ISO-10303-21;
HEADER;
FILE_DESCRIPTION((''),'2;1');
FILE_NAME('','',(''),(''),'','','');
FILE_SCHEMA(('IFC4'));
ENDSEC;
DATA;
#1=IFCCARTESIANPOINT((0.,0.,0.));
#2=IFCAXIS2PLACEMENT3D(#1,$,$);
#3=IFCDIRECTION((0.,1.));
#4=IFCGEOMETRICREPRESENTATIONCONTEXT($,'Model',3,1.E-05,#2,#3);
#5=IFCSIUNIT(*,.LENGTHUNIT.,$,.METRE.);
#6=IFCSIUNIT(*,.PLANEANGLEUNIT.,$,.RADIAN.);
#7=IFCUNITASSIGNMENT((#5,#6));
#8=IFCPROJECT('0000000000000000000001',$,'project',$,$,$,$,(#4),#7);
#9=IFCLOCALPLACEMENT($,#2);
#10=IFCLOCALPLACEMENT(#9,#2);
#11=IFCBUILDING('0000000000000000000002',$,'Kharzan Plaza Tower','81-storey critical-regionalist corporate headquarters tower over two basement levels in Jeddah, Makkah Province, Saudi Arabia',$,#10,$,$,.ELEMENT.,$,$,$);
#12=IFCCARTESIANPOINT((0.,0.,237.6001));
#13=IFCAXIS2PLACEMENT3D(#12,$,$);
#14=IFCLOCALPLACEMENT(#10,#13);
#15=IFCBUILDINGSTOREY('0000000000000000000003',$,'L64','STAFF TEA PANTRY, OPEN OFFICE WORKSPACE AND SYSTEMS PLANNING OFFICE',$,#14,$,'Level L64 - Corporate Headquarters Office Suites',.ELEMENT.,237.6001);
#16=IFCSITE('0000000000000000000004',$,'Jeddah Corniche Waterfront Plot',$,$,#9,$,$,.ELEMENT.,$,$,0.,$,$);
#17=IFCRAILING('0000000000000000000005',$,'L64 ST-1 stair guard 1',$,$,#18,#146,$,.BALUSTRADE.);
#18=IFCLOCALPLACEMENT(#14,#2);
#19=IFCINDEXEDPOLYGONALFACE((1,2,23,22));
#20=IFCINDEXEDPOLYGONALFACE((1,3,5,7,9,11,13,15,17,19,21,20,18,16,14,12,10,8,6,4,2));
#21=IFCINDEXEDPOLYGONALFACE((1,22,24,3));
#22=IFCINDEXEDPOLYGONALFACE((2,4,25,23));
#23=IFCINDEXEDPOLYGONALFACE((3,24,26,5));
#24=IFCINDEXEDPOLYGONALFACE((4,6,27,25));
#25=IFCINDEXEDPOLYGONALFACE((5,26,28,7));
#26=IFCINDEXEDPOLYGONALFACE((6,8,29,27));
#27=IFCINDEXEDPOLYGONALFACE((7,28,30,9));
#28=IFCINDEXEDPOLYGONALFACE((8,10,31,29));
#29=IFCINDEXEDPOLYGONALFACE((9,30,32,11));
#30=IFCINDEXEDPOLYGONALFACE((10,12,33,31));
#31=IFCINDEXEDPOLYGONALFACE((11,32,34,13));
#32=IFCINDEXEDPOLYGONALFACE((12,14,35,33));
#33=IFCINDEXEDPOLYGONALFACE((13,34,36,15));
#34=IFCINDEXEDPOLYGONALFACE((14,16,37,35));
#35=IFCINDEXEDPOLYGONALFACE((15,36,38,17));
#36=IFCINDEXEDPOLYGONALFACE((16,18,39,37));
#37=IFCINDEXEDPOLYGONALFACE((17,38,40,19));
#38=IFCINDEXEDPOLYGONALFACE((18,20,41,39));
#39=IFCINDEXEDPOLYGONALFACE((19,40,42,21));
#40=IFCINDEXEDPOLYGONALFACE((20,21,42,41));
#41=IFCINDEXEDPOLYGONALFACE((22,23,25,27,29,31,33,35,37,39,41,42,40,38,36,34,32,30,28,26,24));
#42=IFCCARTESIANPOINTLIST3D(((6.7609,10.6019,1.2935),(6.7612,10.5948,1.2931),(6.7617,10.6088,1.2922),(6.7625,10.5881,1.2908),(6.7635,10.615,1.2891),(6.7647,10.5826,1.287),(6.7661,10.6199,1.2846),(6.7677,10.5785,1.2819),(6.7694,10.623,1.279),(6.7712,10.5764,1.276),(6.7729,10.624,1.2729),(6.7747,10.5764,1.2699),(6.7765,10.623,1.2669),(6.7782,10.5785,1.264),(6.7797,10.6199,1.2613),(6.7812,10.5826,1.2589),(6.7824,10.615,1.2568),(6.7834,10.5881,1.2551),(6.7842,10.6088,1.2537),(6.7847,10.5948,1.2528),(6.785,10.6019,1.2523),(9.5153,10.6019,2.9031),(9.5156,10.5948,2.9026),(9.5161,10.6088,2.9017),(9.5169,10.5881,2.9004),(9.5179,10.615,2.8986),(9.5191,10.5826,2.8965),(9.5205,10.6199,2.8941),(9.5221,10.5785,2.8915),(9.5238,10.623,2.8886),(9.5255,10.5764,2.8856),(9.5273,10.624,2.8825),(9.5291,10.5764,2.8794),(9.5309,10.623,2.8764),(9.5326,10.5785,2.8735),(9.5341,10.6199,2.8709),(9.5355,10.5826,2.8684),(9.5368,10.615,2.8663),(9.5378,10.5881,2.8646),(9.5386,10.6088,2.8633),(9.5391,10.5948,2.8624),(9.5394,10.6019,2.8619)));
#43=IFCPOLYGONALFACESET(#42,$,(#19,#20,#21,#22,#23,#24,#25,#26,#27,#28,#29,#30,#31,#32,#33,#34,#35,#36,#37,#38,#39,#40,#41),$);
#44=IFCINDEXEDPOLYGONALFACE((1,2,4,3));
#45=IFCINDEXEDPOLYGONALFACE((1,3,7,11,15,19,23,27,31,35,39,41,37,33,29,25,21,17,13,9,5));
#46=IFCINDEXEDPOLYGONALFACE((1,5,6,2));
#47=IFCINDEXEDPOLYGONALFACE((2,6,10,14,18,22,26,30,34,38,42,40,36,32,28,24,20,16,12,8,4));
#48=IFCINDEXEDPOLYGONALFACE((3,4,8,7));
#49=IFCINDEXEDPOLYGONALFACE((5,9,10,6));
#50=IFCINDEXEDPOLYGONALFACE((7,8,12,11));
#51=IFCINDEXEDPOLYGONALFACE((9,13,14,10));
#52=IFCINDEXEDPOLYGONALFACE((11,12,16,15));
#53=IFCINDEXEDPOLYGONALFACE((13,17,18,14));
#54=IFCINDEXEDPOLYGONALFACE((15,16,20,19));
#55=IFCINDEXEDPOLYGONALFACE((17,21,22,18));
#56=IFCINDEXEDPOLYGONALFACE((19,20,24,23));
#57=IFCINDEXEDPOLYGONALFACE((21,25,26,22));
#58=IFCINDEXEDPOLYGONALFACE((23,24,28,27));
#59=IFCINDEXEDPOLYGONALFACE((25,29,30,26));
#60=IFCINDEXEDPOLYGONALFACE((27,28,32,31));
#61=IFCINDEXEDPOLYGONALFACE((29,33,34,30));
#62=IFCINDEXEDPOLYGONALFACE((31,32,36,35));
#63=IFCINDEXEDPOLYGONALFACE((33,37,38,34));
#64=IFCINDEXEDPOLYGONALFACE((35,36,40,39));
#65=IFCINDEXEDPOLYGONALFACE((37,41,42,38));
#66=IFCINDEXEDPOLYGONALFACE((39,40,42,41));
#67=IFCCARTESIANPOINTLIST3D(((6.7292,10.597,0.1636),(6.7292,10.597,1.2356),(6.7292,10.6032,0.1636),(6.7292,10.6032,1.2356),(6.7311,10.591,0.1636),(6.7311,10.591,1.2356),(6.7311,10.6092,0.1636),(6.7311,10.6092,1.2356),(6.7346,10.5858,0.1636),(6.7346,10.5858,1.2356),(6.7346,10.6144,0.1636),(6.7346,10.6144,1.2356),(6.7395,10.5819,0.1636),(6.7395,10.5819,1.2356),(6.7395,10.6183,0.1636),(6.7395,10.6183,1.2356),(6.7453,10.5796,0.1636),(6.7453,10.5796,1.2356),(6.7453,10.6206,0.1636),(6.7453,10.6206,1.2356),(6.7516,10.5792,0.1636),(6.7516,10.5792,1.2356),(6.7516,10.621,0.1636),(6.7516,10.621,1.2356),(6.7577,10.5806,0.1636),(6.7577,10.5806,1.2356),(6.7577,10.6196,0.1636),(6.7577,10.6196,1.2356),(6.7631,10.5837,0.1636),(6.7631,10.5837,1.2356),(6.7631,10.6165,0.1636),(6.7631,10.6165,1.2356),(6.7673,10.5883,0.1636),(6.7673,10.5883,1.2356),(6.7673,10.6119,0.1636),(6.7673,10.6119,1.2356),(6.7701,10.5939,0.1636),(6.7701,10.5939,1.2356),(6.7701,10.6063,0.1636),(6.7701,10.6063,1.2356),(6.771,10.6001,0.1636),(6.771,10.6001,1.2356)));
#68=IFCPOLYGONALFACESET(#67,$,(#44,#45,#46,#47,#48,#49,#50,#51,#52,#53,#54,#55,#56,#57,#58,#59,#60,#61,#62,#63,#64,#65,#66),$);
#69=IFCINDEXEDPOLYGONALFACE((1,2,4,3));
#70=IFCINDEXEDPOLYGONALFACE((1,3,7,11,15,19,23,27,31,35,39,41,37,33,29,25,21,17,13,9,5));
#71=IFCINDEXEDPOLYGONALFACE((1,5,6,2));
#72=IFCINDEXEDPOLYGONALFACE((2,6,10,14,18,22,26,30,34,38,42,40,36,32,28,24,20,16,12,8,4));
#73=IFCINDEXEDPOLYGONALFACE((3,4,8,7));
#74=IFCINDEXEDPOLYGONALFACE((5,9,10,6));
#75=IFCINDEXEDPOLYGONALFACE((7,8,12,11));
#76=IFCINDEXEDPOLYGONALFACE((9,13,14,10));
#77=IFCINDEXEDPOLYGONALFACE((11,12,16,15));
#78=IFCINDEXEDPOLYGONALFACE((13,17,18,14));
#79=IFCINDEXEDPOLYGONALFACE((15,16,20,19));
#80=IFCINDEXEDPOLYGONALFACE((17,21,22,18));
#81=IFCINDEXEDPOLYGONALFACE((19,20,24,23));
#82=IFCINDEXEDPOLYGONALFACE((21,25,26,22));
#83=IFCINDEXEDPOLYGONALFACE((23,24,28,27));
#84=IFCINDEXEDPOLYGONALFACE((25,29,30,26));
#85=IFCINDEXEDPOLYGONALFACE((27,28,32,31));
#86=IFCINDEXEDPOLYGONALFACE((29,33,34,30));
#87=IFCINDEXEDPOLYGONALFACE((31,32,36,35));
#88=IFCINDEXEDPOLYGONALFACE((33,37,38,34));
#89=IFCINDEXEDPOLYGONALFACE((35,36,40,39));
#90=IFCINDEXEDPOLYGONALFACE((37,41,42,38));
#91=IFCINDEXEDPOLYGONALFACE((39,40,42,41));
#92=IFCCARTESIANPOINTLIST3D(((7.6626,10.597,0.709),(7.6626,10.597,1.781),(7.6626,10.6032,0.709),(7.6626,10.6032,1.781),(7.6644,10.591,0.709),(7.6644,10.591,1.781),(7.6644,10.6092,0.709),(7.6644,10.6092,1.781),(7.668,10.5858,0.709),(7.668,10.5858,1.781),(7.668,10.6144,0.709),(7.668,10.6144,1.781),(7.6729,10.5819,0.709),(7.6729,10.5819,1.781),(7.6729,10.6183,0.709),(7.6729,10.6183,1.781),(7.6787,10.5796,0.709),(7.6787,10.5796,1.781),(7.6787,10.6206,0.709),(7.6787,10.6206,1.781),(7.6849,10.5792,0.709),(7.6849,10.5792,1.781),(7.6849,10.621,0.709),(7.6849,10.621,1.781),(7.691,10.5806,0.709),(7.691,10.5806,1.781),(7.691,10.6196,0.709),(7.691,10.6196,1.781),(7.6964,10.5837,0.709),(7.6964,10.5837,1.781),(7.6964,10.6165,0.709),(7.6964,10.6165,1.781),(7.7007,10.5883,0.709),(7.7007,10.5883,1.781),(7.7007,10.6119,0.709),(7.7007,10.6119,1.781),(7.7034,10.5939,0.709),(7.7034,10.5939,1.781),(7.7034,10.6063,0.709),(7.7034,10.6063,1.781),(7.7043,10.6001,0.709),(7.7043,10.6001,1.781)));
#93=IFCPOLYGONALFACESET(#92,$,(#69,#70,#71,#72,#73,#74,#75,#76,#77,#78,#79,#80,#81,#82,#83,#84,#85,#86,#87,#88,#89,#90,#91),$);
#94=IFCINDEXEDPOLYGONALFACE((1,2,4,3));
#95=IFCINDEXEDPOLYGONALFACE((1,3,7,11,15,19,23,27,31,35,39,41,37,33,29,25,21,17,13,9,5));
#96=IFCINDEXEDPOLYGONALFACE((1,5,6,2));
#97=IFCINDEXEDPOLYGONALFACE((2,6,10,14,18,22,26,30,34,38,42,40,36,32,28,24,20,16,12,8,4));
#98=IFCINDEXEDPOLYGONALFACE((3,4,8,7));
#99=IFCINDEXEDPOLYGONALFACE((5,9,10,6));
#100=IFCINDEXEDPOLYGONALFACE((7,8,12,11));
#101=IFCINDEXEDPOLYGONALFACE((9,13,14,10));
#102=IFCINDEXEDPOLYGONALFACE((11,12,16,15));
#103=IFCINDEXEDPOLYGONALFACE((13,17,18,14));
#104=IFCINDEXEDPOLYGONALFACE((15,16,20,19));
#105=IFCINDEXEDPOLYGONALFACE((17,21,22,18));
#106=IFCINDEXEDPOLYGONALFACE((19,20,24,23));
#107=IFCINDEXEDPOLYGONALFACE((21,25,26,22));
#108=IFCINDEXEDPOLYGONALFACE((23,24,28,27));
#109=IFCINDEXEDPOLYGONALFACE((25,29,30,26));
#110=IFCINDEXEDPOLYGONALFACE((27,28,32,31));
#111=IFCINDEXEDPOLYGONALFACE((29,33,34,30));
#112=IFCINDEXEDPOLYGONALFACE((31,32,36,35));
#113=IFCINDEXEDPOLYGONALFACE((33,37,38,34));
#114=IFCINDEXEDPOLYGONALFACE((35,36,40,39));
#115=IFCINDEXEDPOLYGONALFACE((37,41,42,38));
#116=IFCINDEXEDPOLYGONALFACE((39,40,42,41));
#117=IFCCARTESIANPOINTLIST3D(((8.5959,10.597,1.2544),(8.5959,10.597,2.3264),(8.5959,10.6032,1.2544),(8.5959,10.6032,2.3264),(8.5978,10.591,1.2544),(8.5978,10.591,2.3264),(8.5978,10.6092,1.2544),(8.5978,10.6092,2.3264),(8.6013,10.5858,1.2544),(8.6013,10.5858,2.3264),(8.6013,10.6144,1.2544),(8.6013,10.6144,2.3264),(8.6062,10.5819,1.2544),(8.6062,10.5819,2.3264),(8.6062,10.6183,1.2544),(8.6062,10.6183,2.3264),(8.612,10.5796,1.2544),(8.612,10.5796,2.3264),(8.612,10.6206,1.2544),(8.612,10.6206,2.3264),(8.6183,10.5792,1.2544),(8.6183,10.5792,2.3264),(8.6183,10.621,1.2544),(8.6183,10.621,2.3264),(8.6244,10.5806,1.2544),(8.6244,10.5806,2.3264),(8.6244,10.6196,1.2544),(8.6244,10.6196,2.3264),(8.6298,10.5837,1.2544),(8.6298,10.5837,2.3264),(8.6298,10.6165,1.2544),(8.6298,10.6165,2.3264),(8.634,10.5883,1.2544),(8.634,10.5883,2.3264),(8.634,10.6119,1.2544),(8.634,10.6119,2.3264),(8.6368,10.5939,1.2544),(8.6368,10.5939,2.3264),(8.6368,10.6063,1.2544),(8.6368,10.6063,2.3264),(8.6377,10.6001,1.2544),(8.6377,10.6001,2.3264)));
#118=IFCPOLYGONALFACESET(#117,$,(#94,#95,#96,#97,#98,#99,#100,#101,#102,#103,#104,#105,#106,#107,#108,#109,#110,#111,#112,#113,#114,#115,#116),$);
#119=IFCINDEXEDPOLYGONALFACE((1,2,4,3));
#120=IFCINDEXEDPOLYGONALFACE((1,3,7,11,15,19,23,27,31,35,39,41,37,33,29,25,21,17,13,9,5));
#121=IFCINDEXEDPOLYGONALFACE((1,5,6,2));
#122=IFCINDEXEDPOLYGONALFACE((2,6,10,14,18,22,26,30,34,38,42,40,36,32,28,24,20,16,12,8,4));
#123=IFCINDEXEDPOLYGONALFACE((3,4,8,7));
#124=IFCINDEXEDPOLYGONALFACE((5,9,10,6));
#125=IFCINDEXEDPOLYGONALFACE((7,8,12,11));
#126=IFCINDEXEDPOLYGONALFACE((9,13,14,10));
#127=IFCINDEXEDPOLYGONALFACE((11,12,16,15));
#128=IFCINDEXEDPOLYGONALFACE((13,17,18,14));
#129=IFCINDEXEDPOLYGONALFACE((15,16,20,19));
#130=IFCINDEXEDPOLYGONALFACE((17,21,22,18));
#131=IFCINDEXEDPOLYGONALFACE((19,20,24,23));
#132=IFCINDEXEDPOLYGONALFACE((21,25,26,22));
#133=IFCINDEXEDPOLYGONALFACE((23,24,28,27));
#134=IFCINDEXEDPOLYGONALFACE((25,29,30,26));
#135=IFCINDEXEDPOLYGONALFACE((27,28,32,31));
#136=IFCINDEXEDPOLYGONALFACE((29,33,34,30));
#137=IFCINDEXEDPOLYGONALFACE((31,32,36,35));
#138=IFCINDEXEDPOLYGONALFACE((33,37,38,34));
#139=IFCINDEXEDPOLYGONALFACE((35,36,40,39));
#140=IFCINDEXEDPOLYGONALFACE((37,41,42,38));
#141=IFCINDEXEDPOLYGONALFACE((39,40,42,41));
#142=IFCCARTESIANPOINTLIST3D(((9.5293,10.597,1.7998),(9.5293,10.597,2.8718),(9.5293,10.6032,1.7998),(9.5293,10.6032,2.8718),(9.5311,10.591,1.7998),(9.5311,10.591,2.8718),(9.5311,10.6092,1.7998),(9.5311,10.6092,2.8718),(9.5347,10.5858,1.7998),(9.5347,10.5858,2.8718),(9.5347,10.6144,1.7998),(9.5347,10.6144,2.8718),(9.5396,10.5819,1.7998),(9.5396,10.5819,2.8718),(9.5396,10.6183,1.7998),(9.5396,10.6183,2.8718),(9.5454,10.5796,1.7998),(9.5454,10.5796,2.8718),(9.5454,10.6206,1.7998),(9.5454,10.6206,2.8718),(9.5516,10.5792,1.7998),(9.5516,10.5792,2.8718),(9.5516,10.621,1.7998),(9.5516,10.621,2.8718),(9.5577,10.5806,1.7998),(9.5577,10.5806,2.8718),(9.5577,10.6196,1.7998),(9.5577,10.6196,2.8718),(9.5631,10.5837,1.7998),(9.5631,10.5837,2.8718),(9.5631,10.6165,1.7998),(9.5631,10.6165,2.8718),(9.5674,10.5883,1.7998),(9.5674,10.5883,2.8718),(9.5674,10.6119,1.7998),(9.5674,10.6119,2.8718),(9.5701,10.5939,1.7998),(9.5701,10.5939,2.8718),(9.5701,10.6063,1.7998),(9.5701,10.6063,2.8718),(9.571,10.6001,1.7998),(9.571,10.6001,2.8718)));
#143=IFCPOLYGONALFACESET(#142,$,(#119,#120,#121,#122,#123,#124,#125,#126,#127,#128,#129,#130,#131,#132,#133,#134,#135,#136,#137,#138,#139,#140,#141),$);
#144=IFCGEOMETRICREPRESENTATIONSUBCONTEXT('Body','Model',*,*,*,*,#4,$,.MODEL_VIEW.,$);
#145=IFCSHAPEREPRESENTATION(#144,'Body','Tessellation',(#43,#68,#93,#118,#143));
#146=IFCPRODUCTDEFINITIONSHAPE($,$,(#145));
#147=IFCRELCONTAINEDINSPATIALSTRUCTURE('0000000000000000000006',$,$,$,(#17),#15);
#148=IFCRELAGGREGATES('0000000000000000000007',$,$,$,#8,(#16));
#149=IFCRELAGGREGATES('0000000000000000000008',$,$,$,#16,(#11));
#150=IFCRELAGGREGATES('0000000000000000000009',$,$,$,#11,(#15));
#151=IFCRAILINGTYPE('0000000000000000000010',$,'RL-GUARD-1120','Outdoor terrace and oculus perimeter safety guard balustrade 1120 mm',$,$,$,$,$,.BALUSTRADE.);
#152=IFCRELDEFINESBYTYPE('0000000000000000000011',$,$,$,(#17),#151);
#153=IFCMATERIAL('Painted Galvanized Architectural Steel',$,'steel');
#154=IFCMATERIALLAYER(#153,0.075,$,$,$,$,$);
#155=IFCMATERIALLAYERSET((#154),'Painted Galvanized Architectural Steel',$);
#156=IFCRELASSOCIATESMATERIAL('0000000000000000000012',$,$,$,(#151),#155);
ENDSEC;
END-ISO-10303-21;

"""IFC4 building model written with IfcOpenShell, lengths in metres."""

from ifc_helpers import new_model, si_unit, direction, frame, origin, origin_2d, place, context, subcontext, project, spatial, circle, extrude, source, transform, mapped, material, layer, layer_set, type_object, element, save


model = new_model("IFC4")

# Units and contexts
model_context = context("Model", 3, precision=1e-05, world=origin(), true_north=direction((0.0, 1.0)))
body_context = subcontext(model_context, "Body", "Model", "MODEL_VIEW")
ifc_project = project(units=[si_unit("LENGTHUNIT", "METRE"), si_unit("PLANEANGLEUNIT", "RADIAN")], contexts=[model_context])

# Site, building, storey
site_placement = place(None, origin())
site = spatial("IfcSite", under=ifc_project, at=site_placement, Name="Jeddah Corniche Waterfront Plot", CompositionType="ELEMENT", RefElevation=0.0)
building_placement = place(site_placement, origin())
building = spatial("IfcBuilding", under=site, at=building_placement, Name="Kharzan Plaza Tower", Description="81-storey critical-regionalist corporate headquarters tower over two basement levels in Jeddah, Makkah Province, Saudi Arabia", CompositionType="ELEMENT")
storey_placement = place(building_placement, frame((0.0, 0.0, 237.6001)))
storey = spatial("IfcBuildingStorey", under=building, at=storey_placement, Name="L64", Description="STAFF TEA PANTRY, OPEN OFFICE WORKSPACE AND SYSTEMS PLANNING OFFICE", LongName="Level L64 - Corporate Headquarters Office Suites", CompositionType="ELEMENT", Elevation=237.6001)

# Shared definitions
ifc_material_1 = material(Name="Painted Galvanized Architectural Steel", Category="steel")
ifc_layer_1 = layer(ifc_material_1, 0.075)
ifc_layer_set_1 = layer_set([ifc_layer_1], Name="Painted Galvanized Architectural Steel")
railing_type_1 = type_object("IfcRailingType", Name="RL-GUARD-1120", Description="Outdoor terrace and oculus perimeter safety guard balustrade 1120 mm", PredefinedType="BALUSTRADE", material=ifc_layer_set_1)

# Railing
shared_shape_1 = source(origin(), body_context, "Body", "SweptSolid", [
    extrude(circle(Radius=0.0239, at=origin_2d()), frame((0.0229, 0.0, 1.1094), z_axis=(0.863394, 0.0, 0.504531), x_axis=(0.0, 1.0, 0.0)), (0.0, 0.0, 1.0), 3.1902),
    extrude(circle(Radius=0.021, at=origin_2d()), origin(), (0.0, 0.0, 1.0), 1.072),
    extrude(circle(Radius=0.021, at=origin_2d()), frame((0.9333, 0.0, 0.5454)), (0.0, 0.0, 1.0), 1.072),
    extrude(circle(Radius=0.021, at=origin_2d()), frame((1.8667, 0.0, 1.0908)), (0.0, 0.0, 1.0), 1.072),
    extrude(circle(Radius=0.021, at=origin_2d()), frame((2.8, 0.0, 1.6362)), (0.0, 0.0, 1.0), 1.072),
])
railing_1_placement = place(storey_placement, frame((6.75, 10.6001, 0.1636)))
element("IfcRailing", 1, at=railing_1_placement, inside=storey, type_object=railing_type_1, Name="L64 ST-1 stair guard 1", PredefinedType="BALUSTRADE", context=body_context, shape_type="MappedRepresentation", body=[
    mapped(shared_shape_1, transform((0.0, 0.0, 0.0), x_axis=(1.0, 0.0, 0.0), y_axis=(0.0, 1.0, 0.0), z_axis=(0.0, 0.0, 1.0))),
])

save(model, "model.ifc")
